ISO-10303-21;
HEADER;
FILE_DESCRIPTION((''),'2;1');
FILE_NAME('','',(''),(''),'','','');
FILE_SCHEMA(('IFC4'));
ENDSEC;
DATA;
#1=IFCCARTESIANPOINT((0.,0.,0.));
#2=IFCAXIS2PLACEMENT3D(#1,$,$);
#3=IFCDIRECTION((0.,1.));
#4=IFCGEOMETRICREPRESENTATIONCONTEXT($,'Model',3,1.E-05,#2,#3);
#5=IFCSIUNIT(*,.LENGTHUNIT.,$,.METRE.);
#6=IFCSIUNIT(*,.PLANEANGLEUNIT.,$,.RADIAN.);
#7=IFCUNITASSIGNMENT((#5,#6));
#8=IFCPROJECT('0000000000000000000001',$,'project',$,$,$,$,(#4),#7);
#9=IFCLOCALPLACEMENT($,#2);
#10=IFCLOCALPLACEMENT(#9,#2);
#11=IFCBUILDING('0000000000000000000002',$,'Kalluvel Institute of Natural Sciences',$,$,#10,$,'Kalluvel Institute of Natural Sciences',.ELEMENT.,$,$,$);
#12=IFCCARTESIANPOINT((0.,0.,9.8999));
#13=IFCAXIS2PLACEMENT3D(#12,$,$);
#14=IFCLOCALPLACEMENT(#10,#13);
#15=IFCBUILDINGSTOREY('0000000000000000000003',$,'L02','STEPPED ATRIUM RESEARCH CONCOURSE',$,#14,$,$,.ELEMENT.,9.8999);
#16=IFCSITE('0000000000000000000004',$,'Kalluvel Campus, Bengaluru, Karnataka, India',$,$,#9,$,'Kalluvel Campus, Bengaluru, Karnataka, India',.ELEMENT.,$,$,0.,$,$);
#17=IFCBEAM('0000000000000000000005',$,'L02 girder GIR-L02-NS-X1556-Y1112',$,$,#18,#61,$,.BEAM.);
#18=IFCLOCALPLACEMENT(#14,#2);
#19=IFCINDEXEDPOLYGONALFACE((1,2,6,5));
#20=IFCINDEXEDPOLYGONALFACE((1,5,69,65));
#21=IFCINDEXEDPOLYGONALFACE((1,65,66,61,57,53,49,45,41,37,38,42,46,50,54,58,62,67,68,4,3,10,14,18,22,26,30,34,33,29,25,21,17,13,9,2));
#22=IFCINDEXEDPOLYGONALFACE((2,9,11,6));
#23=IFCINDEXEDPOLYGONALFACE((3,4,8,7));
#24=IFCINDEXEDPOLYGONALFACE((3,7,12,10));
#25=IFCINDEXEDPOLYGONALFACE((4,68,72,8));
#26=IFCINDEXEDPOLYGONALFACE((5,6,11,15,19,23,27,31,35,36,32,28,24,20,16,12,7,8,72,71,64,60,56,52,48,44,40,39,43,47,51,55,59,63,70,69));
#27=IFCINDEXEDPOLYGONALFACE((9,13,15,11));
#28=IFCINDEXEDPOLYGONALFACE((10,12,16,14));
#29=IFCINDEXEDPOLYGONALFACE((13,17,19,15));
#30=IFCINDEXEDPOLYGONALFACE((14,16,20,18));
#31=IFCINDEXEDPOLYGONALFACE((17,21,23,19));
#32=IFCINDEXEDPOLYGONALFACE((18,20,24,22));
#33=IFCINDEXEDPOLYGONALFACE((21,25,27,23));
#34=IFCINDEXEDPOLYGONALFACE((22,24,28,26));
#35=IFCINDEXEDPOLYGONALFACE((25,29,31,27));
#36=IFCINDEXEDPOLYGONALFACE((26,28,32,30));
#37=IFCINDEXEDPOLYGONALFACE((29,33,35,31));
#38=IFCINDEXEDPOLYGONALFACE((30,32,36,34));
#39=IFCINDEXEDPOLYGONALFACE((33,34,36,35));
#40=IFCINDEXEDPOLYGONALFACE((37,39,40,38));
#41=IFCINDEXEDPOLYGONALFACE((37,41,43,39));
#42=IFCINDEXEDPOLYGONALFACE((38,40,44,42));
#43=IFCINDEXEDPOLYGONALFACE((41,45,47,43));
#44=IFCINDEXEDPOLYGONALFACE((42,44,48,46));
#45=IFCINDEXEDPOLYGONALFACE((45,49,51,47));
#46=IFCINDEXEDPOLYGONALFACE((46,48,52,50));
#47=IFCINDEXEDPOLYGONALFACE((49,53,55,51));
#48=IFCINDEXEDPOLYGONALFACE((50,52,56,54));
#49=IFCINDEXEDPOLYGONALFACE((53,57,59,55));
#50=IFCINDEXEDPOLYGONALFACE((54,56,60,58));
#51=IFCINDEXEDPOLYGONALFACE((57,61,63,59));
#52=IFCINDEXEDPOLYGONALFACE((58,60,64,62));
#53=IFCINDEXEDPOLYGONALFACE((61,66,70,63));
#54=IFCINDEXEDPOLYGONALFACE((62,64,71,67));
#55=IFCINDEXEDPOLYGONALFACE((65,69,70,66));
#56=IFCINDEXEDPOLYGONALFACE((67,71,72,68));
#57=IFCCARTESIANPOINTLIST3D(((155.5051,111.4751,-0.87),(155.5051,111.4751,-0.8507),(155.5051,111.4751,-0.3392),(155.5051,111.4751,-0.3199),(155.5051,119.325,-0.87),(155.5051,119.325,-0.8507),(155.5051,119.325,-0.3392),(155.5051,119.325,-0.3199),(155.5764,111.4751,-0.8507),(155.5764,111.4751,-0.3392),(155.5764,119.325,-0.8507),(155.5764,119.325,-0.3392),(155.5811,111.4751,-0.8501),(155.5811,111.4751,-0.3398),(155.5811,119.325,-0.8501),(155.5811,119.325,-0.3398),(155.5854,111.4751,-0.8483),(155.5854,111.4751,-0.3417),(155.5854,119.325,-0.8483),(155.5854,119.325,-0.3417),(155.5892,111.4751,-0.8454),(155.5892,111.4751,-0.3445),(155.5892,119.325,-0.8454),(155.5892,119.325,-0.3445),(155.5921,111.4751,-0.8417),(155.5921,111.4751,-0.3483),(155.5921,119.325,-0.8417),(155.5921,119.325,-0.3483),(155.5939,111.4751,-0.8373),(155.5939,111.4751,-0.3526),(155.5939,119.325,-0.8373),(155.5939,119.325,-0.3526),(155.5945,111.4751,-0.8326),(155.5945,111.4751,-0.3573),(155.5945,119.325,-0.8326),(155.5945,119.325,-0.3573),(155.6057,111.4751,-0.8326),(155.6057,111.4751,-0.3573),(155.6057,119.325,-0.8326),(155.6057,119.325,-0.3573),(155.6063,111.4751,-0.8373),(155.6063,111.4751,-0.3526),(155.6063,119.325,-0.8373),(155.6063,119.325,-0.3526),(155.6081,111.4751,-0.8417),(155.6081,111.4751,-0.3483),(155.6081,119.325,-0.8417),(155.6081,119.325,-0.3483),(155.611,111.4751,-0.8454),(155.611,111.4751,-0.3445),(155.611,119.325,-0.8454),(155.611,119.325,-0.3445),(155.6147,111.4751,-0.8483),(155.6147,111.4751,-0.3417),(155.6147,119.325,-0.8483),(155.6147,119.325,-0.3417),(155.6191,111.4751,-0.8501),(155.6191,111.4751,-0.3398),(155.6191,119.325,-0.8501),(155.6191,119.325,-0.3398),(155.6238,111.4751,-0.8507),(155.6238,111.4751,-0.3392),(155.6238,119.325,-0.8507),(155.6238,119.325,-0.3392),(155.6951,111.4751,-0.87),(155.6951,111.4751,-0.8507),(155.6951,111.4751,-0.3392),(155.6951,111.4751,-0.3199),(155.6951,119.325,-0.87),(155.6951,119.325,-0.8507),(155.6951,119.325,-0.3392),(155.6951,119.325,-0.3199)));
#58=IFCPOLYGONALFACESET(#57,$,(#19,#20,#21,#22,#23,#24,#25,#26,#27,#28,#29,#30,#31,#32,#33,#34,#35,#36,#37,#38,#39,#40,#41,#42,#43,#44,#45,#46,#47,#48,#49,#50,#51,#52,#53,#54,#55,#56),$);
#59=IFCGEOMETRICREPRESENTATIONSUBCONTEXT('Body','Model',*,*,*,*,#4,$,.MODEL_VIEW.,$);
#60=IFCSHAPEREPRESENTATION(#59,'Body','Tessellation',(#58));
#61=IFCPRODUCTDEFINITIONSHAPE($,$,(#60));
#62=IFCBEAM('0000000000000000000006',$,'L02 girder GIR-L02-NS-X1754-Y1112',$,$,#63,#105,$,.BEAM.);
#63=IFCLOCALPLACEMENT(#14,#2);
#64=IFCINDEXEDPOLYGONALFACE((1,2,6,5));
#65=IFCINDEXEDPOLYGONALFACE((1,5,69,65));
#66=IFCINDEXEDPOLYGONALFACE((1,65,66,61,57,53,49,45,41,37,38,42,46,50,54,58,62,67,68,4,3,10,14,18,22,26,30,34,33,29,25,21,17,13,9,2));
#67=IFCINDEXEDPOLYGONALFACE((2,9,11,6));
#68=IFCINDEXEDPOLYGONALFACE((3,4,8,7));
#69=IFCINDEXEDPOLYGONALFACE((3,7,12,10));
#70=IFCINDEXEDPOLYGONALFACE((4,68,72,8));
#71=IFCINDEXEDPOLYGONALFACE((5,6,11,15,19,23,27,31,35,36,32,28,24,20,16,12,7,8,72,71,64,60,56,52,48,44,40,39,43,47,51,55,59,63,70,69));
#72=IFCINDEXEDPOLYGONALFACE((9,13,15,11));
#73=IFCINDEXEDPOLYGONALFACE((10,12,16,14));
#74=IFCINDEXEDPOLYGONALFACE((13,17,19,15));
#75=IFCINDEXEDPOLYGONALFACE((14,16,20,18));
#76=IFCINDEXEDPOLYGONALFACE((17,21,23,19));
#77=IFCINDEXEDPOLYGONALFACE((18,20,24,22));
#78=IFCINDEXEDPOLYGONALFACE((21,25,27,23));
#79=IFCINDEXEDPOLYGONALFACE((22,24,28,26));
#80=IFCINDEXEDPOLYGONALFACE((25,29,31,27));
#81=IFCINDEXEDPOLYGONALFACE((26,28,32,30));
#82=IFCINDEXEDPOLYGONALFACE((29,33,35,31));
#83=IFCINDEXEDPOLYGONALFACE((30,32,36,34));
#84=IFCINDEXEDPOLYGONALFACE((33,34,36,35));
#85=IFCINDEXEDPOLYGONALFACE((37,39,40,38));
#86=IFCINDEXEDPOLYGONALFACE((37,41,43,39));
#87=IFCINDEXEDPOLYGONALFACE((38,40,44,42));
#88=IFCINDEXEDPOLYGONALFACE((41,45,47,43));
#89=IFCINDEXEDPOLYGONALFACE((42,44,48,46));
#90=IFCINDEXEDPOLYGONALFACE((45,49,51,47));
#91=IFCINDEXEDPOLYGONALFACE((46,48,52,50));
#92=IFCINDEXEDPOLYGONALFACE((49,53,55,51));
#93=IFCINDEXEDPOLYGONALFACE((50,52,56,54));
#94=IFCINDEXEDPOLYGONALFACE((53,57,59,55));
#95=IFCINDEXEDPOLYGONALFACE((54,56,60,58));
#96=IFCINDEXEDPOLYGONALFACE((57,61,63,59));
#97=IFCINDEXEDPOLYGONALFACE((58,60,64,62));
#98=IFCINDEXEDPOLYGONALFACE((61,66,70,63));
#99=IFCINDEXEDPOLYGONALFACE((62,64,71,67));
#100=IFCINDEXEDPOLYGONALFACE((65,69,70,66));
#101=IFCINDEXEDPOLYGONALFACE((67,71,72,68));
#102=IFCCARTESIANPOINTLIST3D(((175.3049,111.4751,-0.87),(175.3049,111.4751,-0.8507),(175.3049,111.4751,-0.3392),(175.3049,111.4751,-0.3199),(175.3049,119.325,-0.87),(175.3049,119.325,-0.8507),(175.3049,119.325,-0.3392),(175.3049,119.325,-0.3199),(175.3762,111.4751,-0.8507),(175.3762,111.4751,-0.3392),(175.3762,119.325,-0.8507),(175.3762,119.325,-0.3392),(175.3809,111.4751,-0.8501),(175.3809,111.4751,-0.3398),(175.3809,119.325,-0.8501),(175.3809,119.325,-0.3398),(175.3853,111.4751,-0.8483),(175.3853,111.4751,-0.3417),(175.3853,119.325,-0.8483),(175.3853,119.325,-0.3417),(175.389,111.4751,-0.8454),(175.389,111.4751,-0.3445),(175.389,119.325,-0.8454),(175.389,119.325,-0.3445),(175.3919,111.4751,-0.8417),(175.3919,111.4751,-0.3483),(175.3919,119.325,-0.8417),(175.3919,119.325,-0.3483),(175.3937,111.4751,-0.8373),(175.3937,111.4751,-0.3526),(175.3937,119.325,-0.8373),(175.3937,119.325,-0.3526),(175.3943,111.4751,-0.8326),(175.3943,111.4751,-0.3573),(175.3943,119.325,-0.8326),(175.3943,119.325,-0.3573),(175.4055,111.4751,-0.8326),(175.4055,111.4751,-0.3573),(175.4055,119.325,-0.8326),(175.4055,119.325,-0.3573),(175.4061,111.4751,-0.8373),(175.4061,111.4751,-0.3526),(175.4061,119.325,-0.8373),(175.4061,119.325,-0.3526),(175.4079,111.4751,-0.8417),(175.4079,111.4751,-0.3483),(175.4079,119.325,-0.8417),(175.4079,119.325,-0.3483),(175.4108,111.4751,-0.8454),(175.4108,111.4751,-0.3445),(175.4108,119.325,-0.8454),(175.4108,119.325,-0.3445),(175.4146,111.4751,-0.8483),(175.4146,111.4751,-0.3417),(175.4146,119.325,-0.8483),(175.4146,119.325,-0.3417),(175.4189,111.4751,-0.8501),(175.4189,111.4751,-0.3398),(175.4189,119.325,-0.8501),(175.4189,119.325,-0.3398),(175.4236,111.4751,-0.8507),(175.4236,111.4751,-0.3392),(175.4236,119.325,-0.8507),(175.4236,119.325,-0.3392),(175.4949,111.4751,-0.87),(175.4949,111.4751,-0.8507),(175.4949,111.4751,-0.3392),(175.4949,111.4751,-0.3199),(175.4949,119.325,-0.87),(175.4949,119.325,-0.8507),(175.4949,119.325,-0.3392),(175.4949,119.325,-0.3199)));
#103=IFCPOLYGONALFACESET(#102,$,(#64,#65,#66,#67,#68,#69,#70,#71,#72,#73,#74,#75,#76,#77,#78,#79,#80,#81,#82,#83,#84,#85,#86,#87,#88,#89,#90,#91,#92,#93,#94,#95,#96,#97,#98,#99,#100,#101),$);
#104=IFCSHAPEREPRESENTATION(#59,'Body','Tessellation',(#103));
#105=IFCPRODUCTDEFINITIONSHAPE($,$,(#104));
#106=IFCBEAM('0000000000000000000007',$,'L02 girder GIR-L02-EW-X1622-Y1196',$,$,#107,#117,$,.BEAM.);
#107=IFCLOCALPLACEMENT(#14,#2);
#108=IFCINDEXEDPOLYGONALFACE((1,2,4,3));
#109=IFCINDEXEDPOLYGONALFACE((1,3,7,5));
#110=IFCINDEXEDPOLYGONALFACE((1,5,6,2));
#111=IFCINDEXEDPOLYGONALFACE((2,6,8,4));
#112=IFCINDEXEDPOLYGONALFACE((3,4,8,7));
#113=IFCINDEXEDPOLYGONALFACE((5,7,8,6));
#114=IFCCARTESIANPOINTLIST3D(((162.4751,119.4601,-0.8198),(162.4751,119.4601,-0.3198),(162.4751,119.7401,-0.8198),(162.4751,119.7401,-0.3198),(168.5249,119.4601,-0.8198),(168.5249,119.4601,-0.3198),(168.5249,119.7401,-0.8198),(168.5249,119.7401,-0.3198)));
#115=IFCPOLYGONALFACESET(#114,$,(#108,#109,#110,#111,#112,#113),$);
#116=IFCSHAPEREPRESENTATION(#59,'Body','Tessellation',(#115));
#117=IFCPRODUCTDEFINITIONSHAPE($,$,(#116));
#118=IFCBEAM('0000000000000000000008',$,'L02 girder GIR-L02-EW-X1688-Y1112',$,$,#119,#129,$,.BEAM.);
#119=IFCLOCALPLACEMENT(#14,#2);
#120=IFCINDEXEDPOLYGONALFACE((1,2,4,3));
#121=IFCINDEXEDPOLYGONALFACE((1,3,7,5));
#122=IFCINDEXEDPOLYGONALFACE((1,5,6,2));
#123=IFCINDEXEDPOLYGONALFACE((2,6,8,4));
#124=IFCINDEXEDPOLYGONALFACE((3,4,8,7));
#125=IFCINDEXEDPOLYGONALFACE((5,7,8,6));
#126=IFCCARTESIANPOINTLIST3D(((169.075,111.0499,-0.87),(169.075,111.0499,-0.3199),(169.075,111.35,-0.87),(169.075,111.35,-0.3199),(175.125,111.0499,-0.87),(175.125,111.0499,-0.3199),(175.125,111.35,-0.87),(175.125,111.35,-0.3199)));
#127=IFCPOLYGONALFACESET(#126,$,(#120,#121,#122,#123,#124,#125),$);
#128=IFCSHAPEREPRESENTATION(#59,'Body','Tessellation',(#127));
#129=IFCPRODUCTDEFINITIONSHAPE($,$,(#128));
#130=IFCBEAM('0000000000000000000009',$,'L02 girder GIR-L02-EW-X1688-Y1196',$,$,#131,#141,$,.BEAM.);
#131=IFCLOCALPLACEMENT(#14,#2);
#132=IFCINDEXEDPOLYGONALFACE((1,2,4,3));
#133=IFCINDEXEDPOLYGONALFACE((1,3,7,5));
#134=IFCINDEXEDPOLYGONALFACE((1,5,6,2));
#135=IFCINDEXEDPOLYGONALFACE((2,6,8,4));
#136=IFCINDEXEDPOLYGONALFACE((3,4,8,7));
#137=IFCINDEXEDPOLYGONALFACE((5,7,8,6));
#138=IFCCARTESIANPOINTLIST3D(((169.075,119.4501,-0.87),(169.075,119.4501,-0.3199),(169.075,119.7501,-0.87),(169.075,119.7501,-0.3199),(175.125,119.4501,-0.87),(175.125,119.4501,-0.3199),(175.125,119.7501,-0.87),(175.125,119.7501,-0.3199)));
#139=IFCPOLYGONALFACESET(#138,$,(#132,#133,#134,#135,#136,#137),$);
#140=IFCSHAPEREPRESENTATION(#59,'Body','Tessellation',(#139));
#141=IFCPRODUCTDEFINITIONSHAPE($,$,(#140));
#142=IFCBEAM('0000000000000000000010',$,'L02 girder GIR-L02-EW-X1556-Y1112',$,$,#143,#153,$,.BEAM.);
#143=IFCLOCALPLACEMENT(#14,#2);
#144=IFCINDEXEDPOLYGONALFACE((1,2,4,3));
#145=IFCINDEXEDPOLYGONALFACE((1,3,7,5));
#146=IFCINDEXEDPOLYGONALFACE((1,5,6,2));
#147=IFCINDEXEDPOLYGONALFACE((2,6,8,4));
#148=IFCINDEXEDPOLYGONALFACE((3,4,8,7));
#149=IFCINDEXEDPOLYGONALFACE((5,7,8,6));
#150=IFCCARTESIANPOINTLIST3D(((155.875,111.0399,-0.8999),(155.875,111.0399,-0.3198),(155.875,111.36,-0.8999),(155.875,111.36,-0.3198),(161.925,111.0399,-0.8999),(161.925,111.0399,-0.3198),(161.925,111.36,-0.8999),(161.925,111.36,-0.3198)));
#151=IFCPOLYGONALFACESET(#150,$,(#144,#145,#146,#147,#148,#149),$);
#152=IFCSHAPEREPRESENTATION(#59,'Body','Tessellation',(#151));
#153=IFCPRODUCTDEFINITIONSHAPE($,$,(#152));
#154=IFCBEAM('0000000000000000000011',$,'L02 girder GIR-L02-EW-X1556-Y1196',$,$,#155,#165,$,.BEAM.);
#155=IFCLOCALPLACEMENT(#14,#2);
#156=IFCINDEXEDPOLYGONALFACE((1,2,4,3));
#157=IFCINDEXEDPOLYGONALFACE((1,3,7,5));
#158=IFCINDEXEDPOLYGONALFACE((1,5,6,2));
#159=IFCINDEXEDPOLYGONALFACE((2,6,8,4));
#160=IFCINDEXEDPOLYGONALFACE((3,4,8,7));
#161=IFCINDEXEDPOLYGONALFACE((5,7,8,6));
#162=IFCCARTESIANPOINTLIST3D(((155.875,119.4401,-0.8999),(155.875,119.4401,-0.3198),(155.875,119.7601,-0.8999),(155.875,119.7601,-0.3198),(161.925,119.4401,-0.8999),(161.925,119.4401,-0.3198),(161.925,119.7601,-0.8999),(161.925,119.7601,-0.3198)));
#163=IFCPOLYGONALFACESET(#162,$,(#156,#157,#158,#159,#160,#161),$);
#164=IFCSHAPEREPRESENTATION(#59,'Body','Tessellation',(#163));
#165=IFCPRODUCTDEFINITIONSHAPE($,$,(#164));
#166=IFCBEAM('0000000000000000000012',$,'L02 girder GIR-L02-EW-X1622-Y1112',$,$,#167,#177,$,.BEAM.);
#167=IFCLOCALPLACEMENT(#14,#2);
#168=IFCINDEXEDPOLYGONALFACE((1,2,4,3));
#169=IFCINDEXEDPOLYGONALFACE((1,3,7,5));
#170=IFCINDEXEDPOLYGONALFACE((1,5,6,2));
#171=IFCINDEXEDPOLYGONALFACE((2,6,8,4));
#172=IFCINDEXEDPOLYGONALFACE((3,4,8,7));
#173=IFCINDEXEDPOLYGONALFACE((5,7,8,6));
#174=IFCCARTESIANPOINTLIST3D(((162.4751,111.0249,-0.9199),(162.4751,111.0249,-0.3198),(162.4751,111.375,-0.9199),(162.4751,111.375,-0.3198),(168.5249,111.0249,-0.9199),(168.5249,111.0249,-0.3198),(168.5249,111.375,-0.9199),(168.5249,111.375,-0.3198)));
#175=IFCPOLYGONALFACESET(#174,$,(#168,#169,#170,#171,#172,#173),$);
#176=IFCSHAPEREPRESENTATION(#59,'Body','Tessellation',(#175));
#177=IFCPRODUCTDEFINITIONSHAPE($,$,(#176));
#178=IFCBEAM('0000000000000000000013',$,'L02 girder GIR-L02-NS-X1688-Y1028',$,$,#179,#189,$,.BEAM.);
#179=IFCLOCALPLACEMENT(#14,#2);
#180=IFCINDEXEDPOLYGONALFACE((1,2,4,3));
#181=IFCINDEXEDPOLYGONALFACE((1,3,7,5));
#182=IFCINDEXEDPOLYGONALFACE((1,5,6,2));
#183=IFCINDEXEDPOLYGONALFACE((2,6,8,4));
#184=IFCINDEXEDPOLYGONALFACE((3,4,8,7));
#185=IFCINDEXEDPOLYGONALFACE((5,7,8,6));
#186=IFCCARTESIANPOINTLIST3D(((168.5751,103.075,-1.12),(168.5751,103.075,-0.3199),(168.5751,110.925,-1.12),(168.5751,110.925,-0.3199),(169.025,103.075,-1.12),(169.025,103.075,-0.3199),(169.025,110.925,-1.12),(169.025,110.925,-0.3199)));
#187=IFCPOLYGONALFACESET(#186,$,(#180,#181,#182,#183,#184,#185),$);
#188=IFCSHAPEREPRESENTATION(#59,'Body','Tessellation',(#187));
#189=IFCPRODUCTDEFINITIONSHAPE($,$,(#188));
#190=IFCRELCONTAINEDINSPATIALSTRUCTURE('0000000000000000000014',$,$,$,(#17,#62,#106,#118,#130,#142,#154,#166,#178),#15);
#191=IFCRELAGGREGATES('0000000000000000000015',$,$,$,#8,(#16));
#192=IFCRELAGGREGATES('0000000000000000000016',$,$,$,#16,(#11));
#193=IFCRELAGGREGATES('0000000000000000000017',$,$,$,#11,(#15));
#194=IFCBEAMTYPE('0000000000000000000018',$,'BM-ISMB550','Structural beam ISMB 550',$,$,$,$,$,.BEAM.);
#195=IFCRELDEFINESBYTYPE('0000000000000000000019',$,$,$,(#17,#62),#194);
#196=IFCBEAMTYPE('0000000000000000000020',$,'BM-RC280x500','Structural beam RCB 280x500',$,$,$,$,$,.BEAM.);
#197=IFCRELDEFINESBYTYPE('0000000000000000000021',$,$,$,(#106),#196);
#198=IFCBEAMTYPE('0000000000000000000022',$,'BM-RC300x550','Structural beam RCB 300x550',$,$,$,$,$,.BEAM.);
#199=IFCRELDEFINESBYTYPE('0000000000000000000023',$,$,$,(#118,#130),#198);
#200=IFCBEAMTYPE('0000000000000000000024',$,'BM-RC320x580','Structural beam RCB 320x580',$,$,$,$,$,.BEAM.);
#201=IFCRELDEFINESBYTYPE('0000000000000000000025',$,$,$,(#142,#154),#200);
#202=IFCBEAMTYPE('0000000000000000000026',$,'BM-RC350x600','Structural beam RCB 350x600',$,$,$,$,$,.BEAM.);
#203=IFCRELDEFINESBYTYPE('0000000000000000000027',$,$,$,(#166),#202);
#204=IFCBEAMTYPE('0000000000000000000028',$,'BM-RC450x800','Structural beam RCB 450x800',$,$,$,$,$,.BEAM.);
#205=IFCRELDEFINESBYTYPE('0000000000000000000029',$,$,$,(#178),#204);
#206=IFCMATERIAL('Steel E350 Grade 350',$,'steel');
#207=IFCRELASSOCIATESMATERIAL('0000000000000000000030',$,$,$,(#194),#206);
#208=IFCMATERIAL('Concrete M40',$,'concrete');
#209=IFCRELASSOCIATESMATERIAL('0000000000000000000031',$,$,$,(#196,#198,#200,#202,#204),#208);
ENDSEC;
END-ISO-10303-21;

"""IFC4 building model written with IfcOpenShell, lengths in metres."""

from ifc_helpers import new_model, si_unit, direction, frame, origin, origin_2d, place, context, subcontext, project, spatial, rectangle, i_section, extrude, material, material_profile, profile_set, type_object, element, save


model = new_model("IFC4")

# Units and contexts
model_context = context("Model", 3, precision=1e-05, world=origin(), true_north=direction((0.0, 1.0)))
body_context = subcontext(model_context, "Body", "Model", "MODEL_VIEW")
ifc_project = project(units=[si_unit("LENGTHUNIT", "METRE"), si_unit("PLANEANGLEUNIT", "RADIAN")], contexts=[model_context])

# Site, building, storey
site_placement = place(None, origin())
site = spatial("IfcSite", under=ifc_project, at=site_placement, Name="Kalluvel Campus, Bengaluru, Karnataka, India", LongName="Kalluvel Campus, Bengaluru, Karnataka, India", CompositionType="ELEMENT", RefElevation=0.0)
building_placement = place(site_placement, origin())
building = spatial("IfcBuilding", under=site, at=building_placement, Name="Kalluvel Institute of Natural Sciences", LongName="Kalluvel Institute of Natural Sciences", CompositionType="ELEMENT")
storey_placement = place(building_placement, frame((0.0, 0.0, 9.8999)))
storey = spatial("IfcBuildingStorey", under=building, at=storey_placement, Name="L02", Description="STEPPED ATRIUM RESEARCH CONCOURSE", CompositionType="ELEMENT", Elevation=9.8999)

# Beams
ifc_material_1 = material(Name="Steel E350 Grade 350", Category="steel")
ifc_material_profile_1 = material_profile(ifc_material_1, i_section(OverallWidth=0.1899, OverallDepth=0.55, WebThickness=0.0112, FlangeThickness=0.0193, FilletRadius=0.0181, at=origin_2d()), Name="ISMB 550")
ifc_profile_set_1 = profile_set([ifc_material_profile_1], Name="Steel E350 Grade 350")
beam_type_1 = type_object("IfcBeamType", Name="BM-ISMB550", Description="Structural beam ISMB 550", PredefinedType="BEAM", material=ifc_profile_set_1)
for number, where, z_axis, x_axis, name in (
    (1, (155.6001, 111.4751, -0.595), (0.0, 1.0, 0.0), (-1.0, 0.0, 0.0), "L02 girder GIR-L02-NS-X1556-Y1112"),
    (2, (175.3999, 111.4751, -0.595), (0.0, 1.0, 0.0), (-1.0, 0.0, 0.0), "L02 girder GIR-L02-NS-X1754-Y1112"),
):
    element("IfcBeam", number, at=place(storey_placement, frame(where, z_axis=z_axis, x_axis=x_axis)), inside=storey, type_object=beam_type_1, Name=name, PredefinedType="BEAM", context=body_context, shape_type="SweptSolid", body=[
        extrude(i_section(OverallWidth=0.1899, OverallDepth=0.55, WebThickness=0.0112, FlangeThickness=0.0193, FilletRadius=0.0181, at=origin_2d()), origin(), (0.0, 0.0, 1.0), 7.8499),
    ])
ifc_material_2 = material(Name="Concrete M40", Category="concrete")
ifc_material_profile_2 = material_profile(ifc_material_2, rectangle(XDim=0.28, YDim=0.5, at=origin_2d()), Name="RCB 280x500")
ifc_profile_set_2 = profile_set([ifc_material_profile_2], Name="Concrete M40")
beam_type_2 = type_object("IfcBeamType", Name="BM-RC280x500", Description="Structural beam RCB 280x500", PredefinedType="BEAM", material=ifc_profile_set_2)
beam_1_placement = place(storey_placement, frame((162.4751, 119.6001, -0.5698), z_axis=(1.0, 0.0, 0.0), x_axis=(0.0, 1.0, 0.0)))
element("IfcBeam", 3, at=beam_1_placement, inside=storey, type_object=beam_type_2, Name="L02 girder GIR-L02-EW-X1622-Y1196", PredefinedType="BEAM", context=body_context, shape_type="SweptSolid", body=[
    extrude(rectangle(XDim=0.28, YDim=0.5, at=origin_2d()), origin(), (0.0, 0.0, 1.0), 6.0498),
])
ifc_material_profile_3 = material_profile(ifc_material_2, rectangle(XDim=0.3, YDim=0.55, at=origin_2d()), Name="RCB 300x550")
ifc_profile_set_3 = profile_set([ifc_material_profile_3], Name="Concrete M40")
beam_type_3 = type_object("IfcBeamType", Name="BM-RC300x550", Description="Structural beam RCB 300x550", PredefinedType="BEAM", material=ifc_profile_set_3)
for number, where, z_axis, x_axis, name in (
    (4, (169.075, 111.2, -0.595), (1.0, 0.0, 0.0), (0.0, 1.0, 0.0), "L02 girder GIR-L02-EW-X1688-Y1112"),
    (5, (169.075, 119.6001, -0.595), (1.0, 0.0, 0.0), (0.0, 1.0, 0.0), "L02 girder GIR-L02-EW-X1688-Y1196"),
):
    element("IfcBeam", number, at=place(storey_placement, frame(where, z_axis=z_axis, x_axis=x_axis)), inside=storey, type_object=beam_type_3, Name=name, PredefinedType="BEAM", context=body_context, shape_type="SweptSolid", body=[
        extrude(rectangle(XDim=0.3, YDim=0.55, at=origin_2d()), origin(), (0.0, 0.0, 1.0), 6.05),
    ])
ifc_material_profile_4 = material_profile(ifc_material_2, rectangle(XDim=0.3201, YDim=0.5801, at=origin_2d()), Name="RCB 320x580")
ifc_profile_set_4 = profile_set([ifc_material_profile_4], Name="Concrete M40")
beam_type_4 = type_object("IfcBeamType", Name="BM-RC320x580", Description="Structural beam RCB 320x580", PredefinedType="BEAM", material=ifc_profile_set_4)
for number, where, z_axis, x_axis, name in (
    (6, (155.875, 111.2, -0.6099), (1.0, 0.0, 0.0), (0.0, 1.0, 0.0), "L02 girder GIR-L02-EW-X1556-Y1112"),
    (7, (155.875, 119.6001, -0.6099), (1.0, 0.0, 0.0), (0.0, 1.0, 0.0), "L02 girder GIR-L02-EW-X1556-Y1196"),
):
    element("IfcBeam", number, at=place(storey_placement, frame(where, z_axis=z_axis, x_axis=x_axis)), inside=storey, type_object=beam_type_4, Name=name, PredefinedType="BEAM", context=body_context, shape_type="SweptSolid", body=[
        extrude(rectangle(XDim=0.3201, YDim=0.5801, at=origin_2d()), origin(), (0.0, 0.0, 1.0), 6.05),
    ])
ifc_material_profile_5 = material_profile(ifc_material_2, rectangle(XDim=0.3501, YDim=0.6001, at=origin_2d()), Name="RCB 350x600")
ifc_profile_set_5 = profile_set([ifc_material_profile_5], Name="Concrete M40")
beam_type_5 = type_object("IfcBeamType", Name="BM-RC350x600", Description="Structural beam RCB 350x600", PredefinedType="BEAM", material=ifc_profile_set_5)
beam_2_placement = place(storey_placement, frame((162.4751, 111.2, -0.6199), z_axis=(1.0, 0.0, 0.0), x_axis=(0.0, 1.0, 0.0)))
element("IfcBeam", 8, at=beam_2_placement, inside=storey, type_object=beam_type_5, Name="L02 girder GIR-L02-EW-X1622-Y1112", PredefinedType="BEAM", context=body_context, shape_type="SweptSolid", body=[
    extrude(rectangle(XDim=0.3501, YDim=0.6001, at=origin_2d()), origin(), (0.0, 0.0, 1.0), 6.0498),
])
ifc_material_profile_6 = material_profile(ifc_material_2, rectangle(XDim=0.45, YDim=0.8, at=origin_2d()), Name="RCB 450x800")
ifc_profile_set_6 = profile_set([ifc_material_profile_6], Name="Concrete M40")
beam_type_6 = type_object("IfcBeamType", Name="BM-RC450x800", Description="Structural beam RCB 450x800", PredefinedType="BEAM", material=ifc_profile_set_6)
beam_3_placement = place(storey_placement, frame((168.8, 103.075, -0.72), z_axis=(0.0, 1.0, 0.0), x_axis=(-1.0, 0.0, 0.0)))
element("IfcBeam", 9, at=beam_3_placement, inside=storey, type_object=beam_type_6, Name="L02 girder GIR-L02-NS-X1688-Y1028", PredefinedType="BEAM", context=body_context, shape_type="SweptSolid", body=[
    extrude(rectangle(XDim=0.45, YDim=0.8, at=origin_2d()), origin(), (0.0, 0.0, 1.0), 7.8501),
])

save(model, "model.ifc")
